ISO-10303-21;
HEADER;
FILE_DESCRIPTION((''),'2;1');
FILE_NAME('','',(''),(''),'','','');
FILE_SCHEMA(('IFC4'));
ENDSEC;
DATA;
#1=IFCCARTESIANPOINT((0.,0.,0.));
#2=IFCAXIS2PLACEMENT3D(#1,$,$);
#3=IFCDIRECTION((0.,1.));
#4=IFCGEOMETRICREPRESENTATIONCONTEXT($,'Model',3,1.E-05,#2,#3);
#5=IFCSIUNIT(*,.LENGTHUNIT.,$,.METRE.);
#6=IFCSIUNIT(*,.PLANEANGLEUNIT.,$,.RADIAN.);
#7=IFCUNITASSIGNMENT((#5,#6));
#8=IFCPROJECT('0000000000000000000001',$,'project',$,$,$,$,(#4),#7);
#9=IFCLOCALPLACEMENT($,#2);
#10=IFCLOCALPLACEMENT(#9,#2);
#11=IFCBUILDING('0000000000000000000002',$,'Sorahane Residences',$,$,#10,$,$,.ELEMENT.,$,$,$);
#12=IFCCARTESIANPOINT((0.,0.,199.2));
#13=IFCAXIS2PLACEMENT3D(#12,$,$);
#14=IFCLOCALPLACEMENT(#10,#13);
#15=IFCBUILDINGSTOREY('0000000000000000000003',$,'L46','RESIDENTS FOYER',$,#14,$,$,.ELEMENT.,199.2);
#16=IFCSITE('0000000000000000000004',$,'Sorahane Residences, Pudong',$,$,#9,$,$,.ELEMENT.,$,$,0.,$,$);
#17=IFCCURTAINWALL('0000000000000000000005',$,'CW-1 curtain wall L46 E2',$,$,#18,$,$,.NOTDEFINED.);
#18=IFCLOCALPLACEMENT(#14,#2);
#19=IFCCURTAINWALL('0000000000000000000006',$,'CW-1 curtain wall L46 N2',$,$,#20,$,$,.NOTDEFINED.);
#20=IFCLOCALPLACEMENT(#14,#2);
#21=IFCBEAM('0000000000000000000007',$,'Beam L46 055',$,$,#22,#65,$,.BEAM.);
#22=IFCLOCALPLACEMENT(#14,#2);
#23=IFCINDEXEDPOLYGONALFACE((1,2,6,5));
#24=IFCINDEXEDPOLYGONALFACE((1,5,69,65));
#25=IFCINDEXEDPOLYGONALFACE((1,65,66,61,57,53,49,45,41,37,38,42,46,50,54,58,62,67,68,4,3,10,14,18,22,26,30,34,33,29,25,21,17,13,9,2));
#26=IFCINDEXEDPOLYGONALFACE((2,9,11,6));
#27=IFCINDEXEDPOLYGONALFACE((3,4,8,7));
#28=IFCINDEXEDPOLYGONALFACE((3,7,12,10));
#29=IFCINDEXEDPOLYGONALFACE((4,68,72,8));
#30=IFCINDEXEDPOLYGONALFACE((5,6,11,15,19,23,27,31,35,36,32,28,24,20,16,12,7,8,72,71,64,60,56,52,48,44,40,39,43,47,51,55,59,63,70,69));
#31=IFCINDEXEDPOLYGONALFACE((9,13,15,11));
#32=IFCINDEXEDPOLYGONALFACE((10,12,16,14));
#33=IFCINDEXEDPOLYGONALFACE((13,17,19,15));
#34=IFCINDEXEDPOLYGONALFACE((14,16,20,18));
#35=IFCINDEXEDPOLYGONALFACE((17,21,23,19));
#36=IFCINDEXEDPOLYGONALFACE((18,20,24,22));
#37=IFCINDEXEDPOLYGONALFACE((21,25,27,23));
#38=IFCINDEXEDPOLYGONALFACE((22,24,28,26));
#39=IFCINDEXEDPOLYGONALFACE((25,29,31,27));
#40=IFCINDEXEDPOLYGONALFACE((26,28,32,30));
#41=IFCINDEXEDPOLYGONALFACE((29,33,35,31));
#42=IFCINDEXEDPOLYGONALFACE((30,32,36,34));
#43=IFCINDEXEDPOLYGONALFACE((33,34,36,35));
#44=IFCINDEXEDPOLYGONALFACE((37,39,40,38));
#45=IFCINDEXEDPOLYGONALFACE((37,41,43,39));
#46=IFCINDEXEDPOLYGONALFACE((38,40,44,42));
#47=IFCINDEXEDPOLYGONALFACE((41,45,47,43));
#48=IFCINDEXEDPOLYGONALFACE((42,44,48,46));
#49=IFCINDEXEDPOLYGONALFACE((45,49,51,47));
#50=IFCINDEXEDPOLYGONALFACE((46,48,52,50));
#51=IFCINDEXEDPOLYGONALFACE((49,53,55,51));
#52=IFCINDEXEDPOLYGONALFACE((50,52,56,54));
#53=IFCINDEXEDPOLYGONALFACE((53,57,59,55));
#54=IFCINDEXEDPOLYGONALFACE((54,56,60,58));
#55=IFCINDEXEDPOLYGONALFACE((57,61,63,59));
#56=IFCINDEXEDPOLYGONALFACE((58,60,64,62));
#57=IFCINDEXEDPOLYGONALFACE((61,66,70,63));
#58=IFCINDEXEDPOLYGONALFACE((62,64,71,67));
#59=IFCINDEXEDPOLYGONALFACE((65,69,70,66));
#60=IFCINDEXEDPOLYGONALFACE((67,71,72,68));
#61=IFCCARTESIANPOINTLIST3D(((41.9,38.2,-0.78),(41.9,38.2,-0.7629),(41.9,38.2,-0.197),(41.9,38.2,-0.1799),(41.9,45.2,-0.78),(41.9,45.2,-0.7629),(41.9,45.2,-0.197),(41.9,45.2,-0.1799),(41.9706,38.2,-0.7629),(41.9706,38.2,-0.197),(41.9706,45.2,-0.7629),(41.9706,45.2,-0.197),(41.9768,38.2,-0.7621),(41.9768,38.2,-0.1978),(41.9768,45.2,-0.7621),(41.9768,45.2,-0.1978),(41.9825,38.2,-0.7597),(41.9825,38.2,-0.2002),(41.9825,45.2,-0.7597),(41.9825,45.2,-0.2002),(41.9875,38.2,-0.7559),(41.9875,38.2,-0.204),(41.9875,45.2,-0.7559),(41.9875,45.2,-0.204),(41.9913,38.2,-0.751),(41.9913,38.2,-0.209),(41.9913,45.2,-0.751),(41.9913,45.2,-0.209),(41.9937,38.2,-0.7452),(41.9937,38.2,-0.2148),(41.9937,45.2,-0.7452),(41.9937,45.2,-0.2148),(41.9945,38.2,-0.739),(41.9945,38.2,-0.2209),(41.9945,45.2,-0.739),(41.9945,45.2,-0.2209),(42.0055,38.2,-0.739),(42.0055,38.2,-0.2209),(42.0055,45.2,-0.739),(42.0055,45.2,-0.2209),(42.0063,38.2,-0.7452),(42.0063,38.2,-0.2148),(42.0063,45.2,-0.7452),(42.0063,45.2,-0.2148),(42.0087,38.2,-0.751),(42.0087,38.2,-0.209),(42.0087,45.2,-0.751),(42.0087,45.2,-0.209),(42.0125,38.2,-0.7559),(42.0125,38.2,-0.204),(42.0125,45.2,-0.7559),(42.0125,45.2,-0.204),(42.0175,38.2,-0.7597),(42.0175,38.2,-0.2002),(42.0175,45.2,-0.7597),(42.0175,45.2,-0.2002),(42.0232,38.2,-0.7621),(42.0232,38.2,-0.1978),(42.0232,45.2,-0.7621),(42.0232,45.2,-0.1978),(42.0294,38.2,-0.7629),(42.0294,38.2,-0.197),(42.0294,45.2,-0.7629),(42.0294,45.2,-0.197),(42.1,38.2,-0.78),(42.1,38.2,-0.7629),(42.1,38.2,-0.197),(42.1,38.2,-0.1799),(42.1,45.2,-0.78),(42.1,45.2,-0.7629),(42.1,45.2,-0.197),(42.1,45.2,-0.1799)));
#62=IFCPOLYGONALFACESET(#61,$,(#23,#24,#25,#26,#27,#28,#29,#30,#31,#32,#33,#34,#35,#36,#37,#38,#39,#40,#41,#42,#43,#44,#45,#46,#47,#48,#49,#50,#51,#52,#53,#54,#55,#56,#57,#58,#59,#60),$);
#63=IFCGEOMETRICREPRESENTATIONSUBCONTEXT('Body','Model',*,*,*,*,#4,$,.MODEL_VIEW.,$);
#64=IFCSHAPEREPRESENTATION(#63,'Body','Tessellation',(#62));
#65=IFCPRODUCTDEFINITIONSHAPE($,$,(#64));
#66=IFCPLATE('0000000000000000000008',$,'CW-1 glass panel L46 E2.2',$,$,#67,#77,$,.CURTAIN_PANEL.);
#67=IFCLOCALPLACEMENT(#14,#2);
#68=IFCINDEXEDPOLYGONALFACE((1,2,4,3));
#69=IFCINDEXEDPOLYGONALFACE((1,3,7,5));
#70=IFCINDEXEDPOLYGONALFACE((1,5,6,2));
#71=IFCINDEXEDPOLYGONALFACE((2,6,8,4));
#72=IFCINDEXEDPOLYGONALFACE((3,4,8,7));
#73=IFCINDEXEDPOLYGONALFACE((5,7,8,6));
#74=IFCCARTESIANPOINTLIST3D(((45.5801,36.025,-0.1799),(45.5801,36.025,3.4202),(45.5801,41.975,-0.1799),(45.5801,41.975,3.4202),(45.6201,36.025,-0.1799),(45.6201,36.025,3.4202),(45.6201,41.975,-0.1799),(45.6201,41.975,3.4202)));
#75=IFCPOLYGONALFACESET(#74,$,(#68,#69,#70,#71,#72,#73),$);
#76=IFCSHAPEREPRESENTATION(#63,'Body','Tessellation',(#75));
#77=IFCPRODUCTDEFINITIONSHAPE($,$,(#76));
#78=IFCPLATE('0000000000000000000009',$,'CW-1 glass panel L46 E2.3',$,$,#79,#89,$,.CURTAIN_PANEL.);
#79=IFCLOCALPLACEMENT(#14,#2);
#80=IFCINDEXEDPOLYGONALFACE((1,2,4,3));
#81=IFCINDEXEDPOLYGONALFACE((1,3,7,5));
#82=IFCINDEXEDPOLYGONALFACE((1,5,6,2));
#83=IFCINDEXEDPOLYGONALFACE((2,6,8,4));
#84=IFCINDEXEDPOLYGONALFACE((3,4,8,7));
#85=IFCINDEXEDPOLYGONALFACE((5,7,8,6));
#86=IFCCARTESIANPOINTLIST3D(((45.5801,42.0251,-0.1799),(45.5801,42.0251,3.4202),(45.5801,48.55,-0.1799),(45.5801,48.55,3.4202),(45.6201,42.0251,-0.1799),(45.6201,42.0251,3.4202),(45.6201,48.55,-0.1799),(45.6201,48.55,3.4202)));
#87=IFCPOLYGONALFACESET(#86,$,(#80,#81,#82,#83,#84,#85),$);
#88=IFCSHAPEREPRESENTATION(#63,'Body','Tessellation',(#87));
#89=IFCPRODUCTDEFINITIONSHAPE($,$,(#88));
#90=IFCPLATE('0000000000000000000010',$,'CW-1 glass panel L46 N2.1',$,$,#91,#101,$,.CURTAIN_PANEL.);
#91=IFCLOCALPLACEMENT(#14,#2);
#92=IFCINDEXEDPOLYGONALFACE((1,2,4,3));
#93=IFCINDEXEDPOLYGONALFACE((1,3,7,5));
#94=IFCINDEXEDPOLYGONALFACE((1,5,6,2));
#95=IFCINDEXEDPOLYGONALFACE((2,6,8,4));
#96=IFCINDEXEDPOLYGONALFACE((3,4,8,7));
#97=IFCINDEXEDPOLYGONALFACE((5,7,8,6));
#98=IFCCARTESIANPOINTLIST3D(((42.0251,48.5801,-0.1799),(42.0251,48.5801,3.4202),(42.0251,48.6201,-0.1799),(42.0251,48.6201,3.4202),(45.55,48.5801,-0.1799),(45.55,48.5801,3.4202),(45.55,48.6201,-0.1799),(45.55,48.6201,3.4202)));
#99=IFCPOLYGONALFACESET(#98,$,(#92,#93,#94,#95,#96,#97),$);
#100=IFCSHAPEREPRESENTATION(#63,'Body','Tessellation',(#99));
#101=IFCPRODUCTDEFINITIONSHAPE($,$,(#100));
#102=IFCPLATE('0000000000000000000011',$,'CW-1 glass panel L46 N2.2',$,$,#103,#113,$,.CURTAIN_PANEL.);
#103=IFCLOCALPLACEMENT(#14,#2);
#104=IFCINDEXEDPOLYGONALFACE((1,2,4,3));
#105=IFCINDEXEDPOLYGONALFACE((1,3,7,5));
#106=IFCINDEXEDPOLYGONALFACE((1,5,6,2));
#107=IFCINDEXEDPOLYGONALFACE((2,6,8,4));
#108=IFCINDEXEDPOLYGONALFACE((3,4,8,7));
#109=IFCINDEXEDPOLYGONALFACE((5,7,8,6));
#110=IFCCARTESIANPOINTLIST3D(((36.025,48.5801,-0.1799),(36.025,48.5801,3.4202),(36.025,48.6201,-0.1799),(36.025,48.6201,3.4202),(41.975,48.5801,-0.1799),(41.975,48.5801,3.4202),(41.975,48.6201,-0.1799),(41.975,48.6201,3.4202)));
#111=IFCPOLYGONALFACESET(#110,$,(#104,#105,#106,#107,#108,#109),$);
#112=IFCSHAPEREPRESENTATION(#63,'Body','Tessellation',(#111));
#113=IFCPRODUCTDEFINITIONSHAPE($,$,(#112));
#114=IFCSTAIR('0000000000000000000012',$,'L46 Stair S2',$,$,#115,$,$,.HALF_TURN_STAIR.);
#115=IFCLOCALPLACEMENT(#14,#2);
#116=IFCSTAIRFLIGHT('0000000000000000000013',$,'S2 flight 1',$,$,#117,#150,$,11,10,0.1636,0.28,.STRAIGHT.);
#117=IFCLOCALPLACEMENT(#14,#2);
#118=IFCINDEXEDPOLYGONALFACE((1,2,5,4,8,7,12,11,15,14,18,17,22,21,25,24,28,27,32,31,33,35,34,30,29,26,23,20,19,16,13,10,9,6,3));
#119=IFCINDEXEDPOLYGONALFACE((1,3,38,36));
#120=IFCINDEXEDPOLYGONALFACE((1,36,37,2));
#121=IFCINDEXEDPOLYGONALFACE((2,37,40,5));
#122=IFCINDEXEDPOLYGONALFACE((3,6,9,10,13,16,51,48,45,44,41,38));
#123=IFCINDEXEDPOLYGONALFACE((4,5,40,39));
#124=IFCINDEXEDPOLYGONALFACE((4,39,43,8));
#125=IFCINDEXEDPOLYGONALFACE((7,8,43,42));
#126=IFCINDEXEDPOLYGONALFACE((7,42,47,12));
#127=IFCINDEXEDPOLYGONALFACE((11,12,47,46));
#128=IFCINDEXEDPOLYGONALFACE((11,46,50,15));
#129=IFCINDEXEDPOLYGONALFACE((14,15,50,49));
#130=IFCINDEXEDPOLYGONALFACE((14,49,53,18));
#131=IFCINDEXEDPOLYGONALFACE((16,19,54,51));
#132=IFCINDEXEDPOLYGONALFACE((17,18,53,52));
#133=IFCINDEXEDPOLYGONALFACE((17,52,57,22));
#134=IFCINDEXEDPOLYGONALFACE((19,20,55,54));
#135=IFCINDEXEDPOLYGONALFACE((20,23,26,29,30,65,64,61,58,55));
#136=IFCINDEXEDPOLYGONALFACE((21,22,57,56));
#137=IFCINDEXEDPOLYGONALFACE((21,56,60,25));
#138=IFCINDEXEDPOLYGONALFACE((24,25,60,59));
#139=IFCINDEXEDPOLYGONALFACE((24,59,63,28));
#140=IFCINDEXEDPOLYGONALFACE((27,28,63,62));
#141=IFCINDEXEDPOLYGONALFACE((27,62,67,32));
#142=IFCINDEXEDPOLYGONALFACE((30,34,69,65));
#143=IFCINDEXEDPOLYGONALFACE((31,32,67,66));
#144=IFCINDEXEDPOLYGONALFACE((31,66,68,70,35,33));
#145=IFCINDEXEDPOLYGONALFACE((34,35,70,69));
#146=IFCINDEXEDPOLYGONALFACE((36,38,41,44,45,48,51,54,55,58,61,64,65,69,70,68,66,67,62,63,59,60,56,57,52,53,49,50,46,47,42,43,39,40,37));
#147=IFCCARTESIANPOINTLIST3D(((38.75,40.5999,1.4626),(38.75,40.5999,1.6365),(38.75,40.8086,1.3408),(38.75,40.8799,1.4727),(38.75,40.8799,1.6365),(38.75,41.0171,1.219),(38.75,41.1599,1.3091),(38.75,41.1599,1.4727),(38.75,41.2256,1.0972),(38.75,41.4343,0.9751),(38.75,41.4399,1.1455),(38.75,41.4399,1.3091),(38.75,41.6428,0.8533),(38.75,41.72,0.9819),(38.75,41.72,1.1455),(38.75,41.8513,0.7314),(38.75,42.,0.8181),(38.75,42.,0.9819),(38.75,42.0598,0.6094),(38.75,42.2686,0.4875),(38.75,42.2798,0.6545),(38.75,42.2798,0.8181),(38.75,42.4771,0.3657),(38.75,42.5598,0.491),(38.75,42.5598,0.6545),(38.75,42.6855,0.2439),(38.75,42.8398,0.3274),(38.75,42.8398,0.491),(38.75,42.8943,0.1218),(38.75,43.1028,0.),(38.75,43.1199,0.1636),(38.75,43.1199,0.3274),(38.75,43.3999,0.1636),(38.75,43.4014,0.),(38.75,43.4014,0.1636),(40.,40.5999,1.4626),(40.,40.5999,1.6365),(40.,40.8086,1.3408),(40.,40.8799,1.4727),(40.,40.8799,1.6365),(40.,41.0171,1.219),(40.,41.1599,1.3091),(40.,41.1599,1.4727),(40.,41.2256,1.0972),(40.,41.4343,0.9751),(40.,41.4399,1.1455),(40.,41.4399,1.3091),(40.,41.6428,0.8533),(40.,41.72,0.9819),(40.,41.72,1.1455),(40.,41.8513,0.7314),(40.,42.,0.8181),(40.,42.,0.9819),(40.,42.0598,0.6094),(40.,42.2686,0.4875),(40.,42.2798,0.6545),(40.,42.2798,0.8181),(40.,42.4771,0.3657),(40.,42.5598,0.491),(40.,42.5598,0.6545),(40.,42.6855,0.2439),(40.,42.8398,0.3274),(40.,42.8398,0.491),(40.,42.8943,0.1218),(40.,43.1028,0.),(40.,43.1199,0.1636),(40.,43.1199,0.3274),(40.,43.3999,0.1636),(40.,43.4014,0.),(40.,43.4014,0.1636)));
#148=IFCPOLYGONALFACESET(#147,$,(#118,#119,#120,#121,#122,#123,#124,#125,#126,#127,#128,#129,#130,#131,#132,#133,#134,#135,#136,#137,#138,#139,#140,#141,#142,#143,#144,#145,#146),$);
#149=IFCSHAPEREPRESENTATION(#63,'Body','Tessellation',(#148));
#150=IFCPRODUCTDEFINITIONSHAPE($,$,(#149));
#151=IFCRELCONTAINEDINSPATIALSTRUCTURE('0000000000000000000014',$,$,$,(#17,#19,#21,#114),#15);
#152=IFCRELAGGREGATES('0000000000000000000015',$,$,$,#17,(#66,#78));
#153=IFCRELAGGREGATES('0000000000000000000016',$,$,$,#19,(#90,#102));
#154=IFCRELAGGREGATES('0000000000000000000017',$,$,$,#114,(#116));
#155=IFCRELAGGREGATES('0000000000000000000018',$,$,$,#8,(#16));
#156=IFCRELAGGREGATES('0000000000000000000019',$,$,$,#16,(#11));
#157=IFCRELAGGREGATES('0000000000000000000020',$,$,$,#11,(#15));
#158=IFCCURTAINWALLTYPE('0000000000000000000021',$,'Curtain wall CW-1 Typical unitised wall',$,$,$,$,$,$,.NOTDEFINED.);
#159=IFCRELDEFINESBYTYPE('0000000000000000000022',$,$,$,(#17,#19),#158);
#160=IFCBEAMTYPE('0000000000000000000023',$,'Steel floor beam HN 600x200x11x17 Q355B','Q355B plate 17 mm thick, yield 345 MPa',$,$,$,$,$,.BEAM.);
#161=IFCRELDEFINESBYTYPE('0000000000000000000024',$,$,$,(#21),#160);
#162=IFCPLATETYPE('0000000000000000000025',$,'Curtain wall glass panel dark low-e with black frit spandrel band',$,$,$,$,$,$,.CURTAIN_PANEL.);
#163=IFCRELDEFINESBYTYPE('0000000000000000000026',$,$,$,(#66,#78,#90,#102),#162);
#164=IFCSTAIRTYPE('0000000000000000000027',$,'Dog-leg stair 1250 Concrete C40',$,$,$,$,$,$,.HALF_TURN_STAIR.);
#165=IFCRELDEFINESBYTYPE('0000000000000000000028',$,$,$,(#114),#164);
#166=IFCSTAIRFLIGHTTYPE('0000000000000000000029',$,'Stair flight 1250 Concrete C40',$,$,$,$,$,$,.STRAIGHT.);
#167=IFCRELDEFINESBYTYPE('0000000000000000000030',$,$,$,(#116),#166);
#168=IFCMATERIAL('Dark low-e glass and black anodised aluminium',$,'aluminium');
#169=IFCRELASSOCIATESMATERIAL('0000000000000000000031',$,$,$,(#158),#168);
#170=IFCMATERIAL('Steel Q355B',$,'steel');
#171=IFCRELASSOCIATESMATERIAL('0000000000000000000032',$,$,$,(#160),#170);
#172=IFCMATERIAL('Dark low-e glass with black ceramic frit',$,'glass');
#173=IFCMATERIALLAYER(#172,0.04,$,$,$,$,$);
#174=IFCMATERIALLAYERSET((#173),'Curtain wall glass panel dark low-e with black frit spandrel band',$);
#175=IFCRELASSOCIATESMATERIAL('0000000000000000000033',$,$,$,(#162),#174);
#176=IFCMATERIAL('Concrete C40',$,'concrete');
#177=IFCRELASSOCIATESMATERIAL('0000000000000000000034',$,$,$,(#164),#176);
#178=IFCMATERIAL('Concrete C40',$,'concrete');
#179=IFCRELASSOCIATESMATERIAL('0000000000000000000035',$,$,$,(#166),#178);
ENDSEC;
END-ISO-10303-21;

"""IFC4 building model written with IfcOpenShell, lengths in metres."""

from ifc_helpers import new_model, si_unit, direction, frame, origin, origin_2d, place, context, subcontext, project, spatial, polyline, rectangle, i_section, outline, extrude, material, layer, layer_set, material_profile, profile_set, type_object, element, aggregate, save


model = new_model("IFC4")

# Units and contexts
model_context = context("Model", 3, precision=1e-05, world=origin(), true_north=direction((0.0, 1.0)))
body_context = subcontext(model_context, "Body", "Model", "MODEL_VIEW")
ifc_project = project(units=[si_unit("LENGTHUNIT", "METRE"), si_unit("PLANEANGLEUNIT", "RADIAN")], contexts=[model_context])

# Site, building, storey
site_placement = place(None, origin())
site = spatial("IfcSite", under=ifc_project, at=site_placement, Name="Sorahane Residences, Pudong", CompositionType="ELEMENT", RefElevation=0.0)
building_placement = place(site_placement, origin())
building = spatial("IfcBuilding", under=site, at=building_placement, Name="Sorahane Residences", CompositionType="ELEMENT")
storey_placement = place(building_placement, frame((0.0, 0.0, 199.2)))
storey = spatial("IfcBuildingStorey", under=building, at=storey_placement, Name="L46", Description="RESIDENTS FOYER", CompositionType="ELEMENT", Elevation=199.2)

# Curtain walls
ifc_material_1 = material(Name="Dark low-e glass and black anodised aluminium", Category="aluminium")
curtain_wall_type = type_object("IfcCurtainWallType", Name="Curtain wall CW-1 Typical unitised wall", PredefinedType="NOTDEFINED", material=ifc_material_1)
curtain_wall_1_placement = place(storey_placement, origin())
curtain_wall_1 = element("IfcCurtainWall", 1, at=curtain_wall_1_placement, inside=storey, type_object=curtain_wall_type, Name="CW-1 curtain wall L46 E2", PredefinedType="NOTDEFINED")
curtain_wall_2_placement = place(storey_placement, origin())
curtain_wall_2 = element("IfcCurtainWall", 2, at=curtain_wall_2_placement, inside=storey, type_object=curtain_wall_type, Name="CW-1 curtain wall L46 N2", PredefinedType="NOTDEFINED")

# Beam
ifc_material_2 = material(Name="Steel Q355B", Category="steel")
ifc_material_profile_1 = material_profile(ifc_material_2, i_section(OverallWidth=0.2, OverallDepth=0.6001, WebThickness=0.011, FlangeThickness=0.0171, FilletRadius=0.0239, at=origin_2d()), Name="HN 600x200x11x17")
ifc_profile_set_1 = profile_set([ifc_material_profile_1], Name="Steel Q355B")
beam_type_1 = type_object("IfcBeamType", Name="Steel floor beam HN 600x200x11x17 Q355B", Description="Q355B plate 17 mm thick, yield 345 MPa", PredefinedType="BEAM", material=ifc_profile_set_1)
beam_1_placement = place(storey_placement, frame((42.0, 38.2, -0.48), z_axis=(0.0, 1.0, 0.0), x_axis=(-1.0, 0.0, 0.0)))
element("IfcBeam", 3, at=beam_1_placement, inside=storey, type_object=beam_type_1, Name="Beam L46 055", PredefinedType="BEAM", context=body_context, shape_type="SweptSolid", body=[
    extrude(i_section(OverallWidth=0.2, OverallDepth=0.6001, WebThickness=0.011, FlangeThickness=0.0171, FilletRadius=0.0239, at=origin_2d()), origin(), (0.0, 0.0, 1.0), 7.0),
])

# Plates
ifc_material_3 = material(Name="Dark low-e glass with black ceramic frit", Category="glass")
ifc_layer_1 = layer(ifc_material_3, 0.04)
ifc_layer_set_1 = layer_set([ifc_layer_1], Name="Curtain wall glass panel dark low-e with black frit spandrel band")
plate_type = type_object("IfcPlateType", Name="Curtain wall glass panel dark low-e with black frit spandrel band", PredefinedType="CURTAIN_PANEL", material=ifc_layer_set_1)
plate_1_placement = place(storey_placement, frame((45.6001, 39.0, -0.1799), z_axis=(0.0, 0.0, 1.0), x_axis=(0.0, 1.0, 0.0)))
plate_1 = element("IfcPlate", 4, at=plate_1_placement, type_object=plate_type, Name="CW-1 glass panel L46 E2.2", PredefinedType="CURTAIN_PANEL", context=body_context, shape_type="SweptSolid", body=[
    extrude(rectangle(XDim=5.95, YDim=0.04, at=origin_2d()), origin(), (0.0, 0.0, 1.0), 3.6001),
])
plate_2_placement = place(storey_placement, frame((45.6001, 45.2876, -0.1799), z_axis=(0.0, 0.0, 1.0), x_axis=(0.0, 1.0, 0.0)))
plate_2 = element("IfcPlate", 5, at=plate_2_placement, type_object=plate_type, Name="CW-1 glass panel L46 E2.3", PredefinedType="CURTAIN_PANEL", context=body_context, shape_type="SweptSolid", body=[
    extrude(rectangle(XDim=6.5249, YDim=0.04, at=origin_2d()), origin(), (0.0, 0.0, 1.0), 3.6001),
])
aggregate(curtain_wall_1, [plate_1, plate_2])
plate_3_placement = place(storey_placement, frame((43.7876, 48.6001, -0.1799), z_axis=(0.0, 0.0, 1.0), x_axis=(-1.0, 0.0, 0.0)))
plate_3 = element("IfcPlate", 6, at=plate_3_placement, type_object=plate_type, Name="CW-1 glass panel L46 N2.1", PredefinedType="CURTAIN_PANEL", context=body_context, shape_type="SweptSolid", body=[
    extrude(rectangle(XDim=3.5249, YDim=0.04, at=origin_2d()), origin(), (0.0, 0.0, 1.0), 3.6001),
])
plate_4_placement = place(storey_placement, frame((39.0, 48.6001, -0.1799), z_axis=(0.0, 0.0, 1.0), x_axis=(-1.0, 0.0, 0.0)))
plate_4 = element("IfcPlate", 7, at=plate_4_placement, type_object=plate_type, Name="CW-1 glass panel L46 N2.2", PredefinedType="CURTAIN_PANEL", context=body_context, shape_type="SweptSolid", body=[
    extrude(rectangle(XDim=5.95, YDim=0.04, at=origin_2d()), origin(), (0.0, 0.0, 1.0), 3.6001),
])
aggregate(curtain_wall_2, [plate_3, plate_4])

# Stair, stair flight
ifc_material_4 = material(Name="Concrete C40", Category="concrete")
stair_type = type_object("IfcStairType", Name="Dog-leg stair 1250 Concrete C40", PredefinedType="HALF_TURN_STAIR", material=ifc_material_4)
stair_placement = place(storey_placement, origin())
stair = element("IfcStair", 8, at=stair_placement, inside=storey, type_object=stair_type, Name="L46 Stair S2", PredefinedType="HALF_TURN_STAIR")
ifc_material_5 = material(Name="Concrete C40", Category="concrete")
stair_flight_type = type_object("IfcStairFlightType", Name="Stair flight 1250 Concrete C40", PredefinedType="STRAIGHT", material=ifc_material_5)
stair_flight_1_placement = place(storey_placement, frame((39.375, 43.3999, 0.0), z_axis=(0.0, 0.0, 1.0), x_axis=(0.0, -1.0, 0.0)))
stair_flight_1 = element("IfcStairFlight", 9, at=stair_flight_1_placement, type_object=stair_flight_type, Name="S2 flight 1", NumberOfRisers=11, NumberOfTreads=10, PredefinedType="STRAIGHT", RiserHeight=0.1636, TreadLength=0.28, context=body_context, shape_type="SweptSolid", body=[
    extrude(outline(polyline([(-0.0015, 0.0), (-0.0015, 0.1636), (0.0, 0.1636), (0.28, 0.1636), (0.28, 0.3274), (0.5601, 0.3274), (0.5601, 0.491), (0.8401, 0.491), (0.8401, 0.6545), (1.1201, 0.6545), (1.1201, 0.8181), (1.3999, 0.8181), (1.3999, 0.9819), (1.6799, 0.9819), (1.6799, 1.1455), (1.96, 1.1455), (1.96, 1.3091), (2.24, 1.3091), (2.24, 1.4727), (2.52, 1.4727), (2.52, 1.6365), (2.8, 1.6365), (2.8, 1.8), (2.8, 1.4626), (2.5913, 1.3408), (2.3828, 1.219), (2.1743, 1.0972), (1.9656, 0.9751), (1.7571, 0.8533), (1.5486, 0.7314), (1.3401, 0.6094), (1.1313, 0.4875), (0.9229, 0.3657), (0.7144, 0.2439), (0.5056, 0.1218), (0.2971, 0.0), (-0.0015, 0.0)])), frame((0.0, 0.625, 0.0), z_axis=(0.0, -1.0, 0.0), x_axis=(1.0, 0.0, 0.0)), (0.0, 0.0, 1.0), 1.25),
])
aggregate(stair, [stair_flight_1])

save(model, "model.ifc")
